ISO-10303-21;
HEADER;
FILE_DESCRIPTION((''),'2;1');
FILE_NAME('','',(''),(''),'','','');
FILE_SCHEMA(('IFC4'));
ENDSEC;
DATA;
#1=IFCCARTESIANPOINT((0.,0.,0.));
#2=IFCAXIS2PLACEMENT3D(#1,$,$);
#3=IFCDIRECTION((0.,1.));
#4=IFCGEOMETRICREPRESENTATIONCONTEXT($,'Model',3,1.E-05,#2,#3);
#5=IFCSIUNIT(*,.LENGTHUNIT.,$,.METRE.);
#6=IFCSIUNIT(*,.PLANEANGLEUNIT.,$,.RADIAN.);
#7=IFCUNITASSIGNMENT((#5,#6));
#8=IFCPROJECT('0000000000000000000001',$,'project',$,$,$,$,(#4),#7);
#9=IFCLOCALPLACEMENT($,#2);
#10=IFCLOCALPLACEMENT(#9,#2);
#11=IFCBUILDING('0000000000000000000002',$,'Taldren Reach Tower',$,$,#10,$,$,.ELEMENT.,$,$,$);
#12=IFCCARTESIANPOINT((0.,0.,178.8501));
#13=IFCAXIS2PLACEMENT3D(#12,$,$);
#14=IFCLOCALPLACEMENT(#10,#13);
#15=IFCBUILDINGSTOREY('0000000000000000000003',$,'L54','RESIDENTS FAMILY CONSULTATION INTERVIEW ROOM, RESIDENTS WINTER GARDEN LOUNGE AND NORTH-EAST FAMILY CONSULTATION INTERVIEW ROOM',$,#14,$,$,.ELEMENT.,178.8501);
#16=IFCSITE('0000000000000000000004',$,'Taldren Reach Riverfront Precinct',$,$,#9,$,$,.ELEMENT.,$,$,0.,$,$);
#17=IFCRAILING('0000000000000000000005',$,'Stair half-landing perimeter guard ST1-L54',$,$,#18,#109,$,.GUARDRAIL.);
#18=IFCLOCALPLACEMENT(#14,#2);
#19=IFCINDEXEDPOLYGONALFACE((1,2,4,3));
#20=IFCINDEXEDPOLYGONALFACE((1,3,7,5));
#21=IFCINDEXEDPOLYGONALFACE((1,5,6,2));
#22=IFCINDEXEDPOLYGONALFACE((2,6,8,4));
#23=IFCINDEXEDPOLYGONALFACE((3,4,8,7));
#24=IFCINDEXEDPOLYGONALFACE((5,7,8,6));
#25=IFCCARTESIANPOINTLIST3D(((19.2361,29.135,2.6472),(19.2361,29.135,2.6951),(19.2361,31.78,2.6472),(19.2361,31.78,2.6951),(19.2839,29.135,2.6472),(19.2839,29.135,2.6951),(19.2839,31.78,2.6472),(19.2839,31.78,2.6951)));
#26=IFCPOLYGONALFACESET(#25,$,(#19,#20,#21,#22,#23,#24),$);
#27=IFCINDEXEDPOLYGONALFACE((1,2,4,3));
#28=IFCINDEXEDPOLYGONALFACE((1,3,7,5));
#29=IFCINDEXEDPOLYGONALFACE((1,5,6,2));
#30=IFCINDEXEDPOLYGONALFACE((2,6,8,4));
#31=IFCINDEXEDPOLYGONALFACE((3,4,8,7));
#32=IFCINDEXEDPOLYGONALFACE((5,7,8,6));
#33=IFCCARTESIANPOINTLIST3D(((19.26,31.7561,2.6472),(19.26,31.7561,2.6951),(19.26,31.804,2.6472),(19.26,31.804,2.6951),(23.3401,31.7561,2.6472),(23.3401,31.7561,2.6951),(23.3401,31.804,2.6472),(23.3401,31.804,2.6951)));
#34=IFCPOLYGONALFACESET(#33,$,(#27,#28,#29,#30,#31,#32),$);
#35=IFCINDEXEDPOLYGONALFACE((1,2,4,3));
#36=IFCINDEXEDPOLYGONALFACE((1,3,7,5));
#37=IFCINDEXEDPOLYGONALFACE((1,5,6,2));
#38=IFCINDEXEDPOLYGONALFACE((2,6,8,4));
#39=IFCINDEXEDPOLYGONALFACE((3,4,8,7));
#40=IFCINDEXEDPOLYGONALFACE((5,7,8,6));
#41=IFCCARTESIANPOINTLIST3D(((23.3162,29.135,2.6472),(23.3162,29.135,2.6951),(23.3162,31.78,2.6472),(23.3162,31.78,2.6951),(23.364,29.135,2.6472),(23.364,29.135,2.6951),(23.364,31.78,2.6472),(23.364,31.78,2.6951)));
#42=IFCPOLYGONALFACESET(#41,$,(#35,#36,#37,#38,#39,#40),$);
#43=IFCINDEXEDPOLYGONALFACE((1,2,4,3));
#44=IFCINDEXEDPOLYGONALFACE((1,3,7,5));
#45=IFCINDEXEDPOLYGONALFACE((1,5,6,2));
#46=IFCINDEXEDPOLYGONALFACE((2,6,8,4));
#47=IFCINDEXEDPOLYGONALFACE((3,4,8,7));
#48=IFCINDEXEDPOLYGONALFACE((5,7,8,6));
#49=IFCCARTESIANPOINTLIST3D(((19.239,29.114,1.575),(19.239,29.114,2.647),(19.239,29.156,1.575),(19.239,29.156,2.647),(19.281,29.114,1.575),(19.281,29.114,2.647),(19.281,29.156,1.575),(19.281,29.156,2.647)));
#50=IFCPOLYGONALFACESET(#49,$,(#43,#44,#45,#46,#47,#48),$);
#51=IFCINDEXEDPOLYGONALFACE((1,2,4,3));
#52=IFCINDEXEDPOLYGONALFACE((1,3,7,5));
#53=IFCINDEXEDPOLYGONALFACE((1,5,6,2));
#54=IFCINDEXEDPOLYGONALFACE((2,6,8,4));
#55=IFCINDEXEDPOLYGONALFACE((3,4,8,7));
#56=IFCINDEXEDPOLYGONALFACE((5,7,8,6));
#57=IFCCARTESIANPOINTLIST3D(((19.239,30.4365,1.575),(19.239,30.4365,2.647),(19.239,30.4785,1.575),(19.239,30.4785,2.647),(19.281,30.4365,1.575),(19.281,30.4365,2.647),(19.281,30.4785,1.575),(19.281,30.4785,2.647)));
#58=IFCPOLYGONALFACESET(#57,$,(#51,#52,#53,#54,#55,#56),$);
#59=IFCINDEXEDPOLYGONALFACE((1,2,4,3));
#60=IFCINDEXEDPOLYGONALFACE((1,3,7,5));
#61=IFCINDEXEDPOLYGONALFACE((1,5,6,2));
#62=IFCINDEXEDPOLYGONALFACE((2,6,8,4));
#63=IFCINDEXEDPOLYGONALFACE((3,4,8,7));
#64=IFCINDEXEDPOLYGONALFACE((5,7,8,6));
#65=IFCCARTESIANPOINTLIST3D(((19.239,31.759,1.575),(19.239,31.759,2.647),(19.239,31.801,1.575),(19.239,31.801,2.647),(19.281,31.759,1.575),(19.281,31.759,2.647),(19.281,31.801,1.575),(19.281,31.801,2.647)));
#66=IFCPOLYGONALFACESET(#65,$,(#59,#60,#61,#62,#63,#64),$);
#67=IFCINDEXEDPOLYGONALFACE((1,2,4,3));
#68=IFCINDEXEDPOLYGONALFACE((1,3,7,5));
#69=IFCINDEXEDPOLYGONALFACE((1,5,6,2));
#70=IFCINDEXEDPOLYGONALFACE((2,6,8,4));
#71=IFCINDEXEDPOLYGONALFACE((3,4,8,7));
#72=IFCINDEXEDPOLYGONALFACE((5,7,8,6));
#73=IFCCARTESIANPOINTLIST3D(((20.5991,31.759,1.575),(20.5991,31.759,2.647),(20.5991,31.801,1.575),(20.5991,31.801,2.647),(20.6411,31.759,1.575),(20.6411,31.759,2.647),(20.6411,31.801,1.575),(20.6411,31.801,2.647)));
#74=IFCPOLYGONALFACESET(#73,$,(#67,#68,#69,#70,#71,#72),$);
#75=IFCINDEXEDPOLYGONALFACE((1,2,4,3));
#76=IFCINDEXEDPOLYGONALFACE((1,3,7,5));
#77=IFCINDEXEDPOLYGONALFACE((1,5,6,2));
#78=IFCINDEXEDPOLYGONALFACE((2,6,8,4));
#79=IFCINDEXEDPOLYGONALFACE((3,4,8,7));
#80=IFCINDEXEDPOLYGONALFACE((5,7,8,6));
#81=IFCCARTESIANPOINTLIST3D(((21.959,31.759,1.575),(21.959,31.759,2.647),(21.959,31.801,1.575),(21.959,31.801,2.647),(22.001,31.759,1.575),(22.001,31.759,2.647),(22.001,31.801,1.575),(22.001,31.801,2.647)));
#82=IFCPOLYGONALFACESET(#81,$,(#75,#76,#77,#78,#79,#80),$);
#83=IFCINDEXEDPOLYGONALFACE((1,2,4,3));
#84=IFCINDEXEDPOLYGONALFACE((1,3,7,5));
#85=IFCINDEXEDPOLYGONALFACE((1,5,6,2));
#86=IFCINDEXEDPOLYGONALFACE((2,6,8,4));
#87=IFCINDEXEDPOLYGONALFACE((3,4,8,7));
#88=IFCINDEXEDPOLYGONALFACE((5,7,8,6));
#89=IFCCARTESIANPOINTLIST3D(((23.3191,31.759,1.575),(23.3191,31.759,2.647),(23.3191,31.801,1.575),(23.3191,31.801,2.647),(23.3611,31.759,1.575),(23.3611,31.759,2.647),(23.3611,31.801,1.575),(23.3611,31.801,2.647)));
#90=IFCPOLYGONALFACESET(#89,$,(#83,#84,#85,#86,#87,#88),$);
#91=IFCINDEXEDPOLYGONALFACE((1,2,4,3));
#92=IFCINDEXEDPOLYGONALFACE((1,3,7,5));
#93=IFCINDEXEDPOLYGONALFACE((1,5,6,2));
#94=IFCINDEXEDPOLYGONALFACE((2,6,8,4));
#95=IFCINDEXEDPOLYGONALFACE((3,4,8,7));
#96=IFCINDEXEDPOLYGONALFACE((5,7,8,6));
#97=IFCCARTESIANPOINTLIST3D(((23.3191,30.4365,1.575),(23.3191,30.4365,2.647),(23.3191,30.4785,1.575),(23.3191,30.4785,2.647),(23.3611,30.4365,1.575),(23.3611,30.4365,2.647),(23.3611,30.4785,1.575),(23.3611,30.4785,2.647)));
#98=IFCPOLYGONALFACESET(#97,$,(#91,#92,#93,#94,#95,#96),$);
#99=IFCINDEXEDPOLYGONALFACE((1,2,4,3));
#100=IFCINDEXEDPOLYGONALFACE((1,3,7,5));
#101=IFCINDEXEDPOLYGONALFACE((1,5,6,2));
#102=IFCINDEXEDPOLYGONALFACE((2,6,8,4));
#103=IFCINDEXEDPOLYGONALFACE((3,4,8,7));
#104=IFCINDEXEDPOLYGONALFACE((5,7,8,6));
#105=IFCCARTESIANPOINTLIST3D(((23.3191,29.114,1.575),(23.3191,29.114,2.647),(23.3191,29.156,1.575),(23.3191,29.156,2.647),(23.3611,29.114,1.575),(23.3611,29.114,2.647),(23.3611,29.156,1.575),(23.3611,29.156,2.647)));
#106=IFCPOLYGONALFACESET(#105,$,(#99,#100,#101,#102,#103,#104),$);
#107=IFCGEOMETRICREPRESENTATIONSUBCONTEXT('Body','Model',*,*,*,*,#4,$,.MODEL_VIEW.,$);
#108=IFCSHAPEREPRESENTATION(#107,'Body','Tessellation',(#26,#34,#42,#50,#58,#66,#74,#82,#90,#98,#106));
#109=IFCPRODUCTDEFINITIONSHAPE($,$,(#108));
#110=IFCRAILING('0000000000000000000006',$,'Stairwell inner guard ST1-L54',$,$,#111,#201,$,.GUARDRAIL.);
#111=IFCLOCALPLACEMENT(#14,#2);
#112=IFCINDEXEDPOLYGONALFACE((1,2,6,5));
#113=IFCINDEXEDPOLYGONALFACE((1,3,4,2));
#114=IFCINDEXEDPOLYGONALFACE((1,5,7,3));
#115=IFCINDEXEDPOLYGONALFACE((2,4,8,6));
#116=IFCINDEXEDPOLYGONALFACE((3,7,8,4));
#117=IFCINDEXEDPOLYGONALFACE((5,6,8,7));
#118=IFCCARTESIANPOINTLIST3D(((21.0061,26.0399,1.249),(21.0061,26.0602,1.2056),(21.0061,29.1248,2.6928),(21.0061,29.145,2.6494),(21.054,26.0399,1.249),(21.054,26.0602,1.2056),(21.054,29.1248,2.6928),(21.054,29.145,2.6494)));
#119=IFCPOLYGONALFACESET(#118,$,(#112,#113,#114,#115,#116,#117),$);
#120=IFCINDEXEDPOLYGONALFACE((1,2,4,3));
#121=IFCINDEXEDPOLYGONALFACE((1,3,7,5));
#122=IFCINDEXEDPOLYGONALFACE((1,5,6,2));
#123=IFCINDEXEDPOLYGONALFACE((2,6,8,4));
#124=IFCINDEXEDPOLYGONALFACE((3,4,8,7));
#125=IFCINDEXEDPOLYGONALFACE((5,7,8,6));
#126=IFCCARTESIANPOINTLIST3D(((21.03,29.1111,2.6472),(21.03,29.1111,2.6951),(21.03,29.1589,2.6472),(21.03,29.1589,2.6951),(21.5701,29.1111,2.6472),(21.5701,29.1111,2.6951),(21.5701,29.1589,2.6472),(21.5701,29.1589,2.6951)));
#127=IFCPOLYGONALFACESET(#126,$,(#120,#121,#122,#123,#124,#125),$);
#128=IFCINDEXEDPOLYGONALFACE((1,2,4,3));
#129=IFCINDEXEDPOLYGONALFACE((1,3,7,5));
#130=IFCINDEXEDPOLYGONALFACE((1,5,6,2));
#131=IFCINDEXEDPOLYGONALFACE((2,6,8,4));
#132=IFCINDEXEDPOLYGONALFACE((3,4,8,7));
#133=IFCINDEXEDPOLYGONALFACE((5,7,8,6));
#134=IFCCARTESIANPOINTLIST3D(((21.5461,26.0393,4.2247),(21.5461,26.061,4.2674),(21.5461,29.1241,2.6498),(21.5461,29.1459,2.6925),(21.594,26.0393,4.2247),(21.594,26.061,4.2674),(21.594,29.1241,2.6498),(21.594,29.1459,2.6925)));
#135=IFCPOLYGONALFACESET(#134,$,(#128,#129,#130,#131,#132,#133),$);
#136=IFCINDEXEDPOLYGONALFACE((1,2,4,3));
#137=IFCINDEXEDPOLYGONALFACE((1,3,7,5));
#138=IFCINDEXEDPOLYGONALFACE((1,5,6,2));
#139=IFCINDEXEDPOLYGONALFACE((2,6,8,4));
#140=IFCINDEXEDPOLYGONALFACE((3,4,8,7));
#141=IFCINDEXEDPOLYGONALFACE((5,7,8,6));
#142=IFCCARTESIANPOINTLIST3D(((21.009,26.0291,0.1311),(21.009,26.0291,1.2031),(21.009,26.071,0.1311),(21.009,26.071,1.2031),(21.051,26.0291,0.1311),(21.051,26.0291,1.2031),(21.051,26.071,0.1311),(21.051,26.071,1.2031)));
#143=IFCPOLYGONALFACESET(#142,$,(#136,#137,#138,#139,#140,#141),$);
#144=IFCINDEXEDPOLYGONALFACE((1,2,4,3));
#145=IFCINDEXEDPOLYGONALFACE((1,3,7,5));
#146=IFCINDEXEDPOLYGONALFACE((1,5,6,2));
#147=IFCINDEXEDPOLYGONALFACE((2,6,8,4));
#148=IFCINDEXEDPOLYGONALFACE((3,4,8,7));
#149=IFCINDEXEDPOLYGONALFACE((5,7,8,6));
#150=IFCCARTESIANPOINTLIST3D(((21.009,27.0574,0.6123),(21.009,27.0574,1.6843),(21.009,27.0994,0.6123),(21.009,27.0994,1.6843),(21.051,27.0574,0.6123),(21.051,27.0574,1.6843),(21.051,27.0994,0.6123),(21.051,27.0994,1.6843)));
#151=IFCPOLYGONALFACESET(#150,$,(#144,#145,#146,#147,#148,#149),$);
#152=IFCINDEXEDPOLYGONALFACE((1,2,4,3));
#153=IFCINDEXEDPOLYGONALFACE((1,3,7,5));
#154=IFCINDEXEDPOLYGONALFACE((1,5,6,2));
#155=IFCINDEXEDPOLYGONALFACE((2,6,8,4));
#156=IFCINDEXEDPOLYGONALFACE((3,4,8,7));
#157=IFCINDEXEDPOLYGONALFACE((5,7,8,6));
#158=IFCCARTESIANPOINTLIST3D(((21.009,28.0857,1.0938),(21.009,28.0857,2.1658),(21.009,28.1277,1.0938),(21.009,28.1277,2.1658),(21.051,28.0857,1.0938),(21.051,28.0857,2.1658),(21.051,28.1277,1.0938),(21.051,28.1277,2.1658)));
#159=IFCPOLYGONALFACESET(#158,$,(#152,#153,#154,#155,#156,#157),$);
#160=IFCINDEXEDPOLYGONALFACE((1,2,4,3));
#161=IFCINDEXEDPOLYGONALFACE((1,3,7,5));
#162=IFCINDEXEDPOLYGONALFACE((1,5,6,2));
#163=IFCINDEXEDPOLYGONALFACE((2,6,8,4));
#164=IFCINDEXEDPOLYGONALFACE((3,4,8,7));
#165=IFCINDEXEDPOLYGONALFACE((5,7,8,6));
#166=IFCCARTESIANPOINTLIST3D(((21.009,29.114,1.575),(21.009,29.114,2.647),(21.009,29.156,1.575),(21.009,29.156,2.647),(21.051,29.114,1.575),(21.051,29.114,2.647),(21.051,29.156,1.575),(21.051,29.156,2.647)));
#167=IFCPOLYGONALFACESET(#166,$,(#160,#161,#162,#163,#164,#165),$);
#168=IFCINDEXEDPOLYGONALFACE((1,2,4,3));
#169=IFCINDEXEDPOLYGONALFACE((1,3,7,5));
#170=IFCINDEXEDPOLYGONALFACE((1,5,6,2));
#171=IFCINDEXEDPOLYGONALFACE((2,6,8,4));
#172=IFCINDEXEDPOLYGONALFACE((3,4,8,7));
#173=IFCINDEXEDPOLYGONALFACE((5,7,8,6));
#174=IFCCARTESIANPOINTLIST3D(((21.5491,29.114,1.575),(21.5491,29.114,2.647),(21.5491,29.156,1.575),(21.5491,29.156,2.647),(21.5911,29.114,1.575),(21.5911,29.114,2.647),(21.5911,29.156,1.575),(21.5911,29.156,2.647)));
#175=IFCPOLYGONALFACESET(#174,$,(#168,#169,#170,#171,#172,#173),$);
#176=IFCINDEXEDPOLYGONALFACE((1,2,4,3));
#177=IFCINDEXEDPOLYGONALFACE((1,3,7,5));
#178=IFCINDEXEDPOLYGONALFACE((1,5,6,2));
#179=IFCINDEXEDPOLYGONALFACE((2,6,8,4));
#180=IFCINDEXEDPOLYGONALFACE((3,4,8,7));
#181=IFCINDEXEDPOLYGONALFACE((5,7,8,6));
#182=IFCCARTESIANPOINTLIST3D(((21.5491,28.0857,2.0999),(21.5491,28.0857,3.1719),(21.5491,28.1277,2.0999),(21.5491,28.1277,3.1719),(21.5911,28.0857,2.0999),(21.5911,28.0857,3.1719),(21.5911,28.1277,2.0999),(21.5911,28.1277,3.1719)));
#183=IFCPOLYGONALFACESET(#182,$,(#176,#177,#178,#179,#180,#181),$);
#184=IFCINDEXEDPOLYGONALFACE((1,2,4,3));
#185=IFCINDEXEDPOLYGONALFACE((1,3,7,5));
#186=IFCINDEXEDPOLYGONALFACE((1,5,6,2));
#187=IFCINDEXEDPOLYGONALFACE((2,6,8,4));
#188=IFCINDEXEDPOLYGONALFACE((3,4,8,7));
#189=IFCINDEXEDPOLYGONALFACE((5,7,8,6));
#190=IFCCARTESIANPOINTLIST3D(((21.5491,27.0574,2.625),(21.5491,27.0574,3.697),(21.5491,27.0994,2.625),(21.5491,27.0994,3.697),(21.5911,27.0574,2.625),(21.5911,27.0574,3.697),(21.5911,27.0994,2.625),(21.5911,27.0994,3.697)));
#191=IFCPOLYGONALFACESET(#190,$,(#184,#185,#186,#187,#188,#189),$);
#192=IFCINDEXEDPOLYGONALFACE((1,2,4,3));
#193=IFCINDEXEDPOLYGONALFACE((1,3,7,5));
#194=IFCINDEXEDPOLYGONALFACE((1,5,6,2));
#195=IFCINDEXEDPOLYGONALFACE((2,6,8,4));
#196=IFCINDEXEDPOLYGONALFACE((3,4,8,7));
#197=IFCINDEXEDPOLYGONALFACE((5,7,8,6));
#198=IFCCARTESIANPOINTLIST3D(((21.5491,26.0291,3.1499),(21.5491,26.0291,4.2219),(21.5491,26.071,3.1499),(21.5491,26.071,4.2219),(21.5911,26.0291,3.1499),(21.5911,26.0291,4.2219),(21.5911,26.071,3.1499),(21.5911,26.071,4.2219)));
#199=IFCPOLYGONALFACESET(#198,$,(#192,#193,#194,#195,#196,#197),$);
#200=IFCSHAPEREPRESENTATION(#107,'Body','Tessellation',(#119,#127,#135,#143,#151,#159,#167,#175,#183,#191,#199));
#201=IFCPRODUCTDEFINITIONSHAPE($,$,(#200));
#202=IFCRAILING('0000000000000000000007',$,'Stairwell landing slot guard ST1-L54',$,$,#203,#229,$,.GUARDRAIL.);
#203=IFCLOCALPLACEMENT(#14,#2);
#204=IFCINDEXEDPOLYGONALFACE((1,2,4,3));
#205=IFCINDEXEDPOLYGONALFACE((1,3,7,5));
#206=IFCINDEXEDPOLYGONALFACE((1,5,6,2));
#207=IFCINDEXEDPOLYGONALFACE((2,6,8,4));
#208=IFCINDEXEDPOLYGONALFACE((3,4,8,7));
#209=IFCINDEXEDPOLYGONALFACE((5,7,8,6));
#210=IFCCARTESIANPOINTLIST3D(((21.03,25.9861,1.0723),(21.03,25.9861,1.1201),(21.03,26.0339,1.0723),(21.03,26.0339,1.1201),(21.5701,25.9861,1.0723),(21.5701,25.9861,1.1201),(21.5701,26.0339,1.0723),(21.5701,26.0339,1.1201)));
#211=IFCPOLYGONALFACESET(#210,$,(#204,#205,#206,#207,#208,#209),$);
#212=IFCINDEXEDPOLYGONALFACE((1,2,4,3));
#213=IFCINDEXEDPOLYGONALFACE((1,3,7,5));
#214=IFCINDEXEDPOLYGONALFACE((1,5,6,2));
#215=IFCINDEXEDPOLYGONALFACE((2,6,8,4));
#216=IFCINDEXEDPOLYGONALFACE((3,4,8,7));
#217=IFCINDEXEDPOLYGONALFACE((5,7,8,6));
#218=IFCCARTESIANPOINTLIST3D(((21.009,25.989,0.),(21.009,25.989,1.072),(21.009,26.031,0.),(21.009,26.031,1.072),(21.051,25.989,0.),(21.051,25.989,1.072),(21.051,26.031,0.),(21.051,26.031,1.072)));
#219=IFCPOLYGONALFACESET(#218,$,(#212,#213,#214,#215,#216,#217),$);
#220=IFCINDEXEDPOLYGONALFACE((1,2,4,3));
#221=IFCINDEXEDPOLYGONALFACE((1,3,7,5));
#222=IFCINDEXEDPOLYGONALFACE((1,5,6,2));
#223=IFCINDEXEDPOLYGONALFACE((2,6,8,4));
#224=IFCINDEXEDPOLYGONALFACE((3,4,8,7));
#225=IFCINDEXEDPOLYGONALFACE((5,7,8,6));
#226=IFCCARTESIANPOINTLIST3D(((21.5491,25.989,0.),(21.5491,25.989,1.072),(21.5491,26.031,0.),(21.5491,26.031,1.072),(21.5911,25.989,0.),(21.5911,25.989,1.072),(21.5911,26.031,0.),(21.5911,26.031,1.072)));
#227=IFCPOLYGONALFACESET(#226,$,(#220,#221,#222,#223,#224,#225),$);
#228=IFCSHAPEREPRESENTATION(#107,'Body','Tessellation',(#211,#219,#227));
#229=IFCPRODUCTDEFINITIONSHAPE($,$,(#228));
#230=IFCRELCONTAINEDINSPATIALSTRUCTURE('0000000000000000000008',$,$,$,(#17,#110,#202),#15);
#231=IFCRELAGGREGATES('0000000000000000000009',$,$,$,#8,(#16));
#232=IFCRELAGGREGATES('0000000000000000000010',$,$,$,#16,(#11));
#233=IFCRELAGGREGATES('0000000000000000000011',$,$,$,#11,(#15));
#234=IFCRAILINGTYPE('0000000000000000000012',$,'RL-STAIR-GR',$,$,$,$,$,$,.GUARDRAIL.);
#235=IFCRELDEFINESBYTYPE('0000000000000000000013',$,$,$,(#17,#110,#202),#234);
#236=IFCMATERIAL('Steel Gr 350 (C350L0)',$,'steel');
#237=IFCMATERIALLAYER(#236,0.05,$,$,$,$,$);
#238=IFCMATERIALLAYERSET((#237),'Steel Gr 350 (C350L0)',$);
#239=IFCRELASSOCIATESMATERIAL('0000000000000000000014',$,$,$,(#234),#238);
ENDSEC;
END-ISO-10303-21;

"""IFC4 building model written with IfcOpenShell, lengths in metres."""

from ifc_helpers import new_model, si_unit, direction, frame, origin, origin_2d, place, context, subcontext, project, spatial, rectangle, extrude, material, layer, layer_set, type_object, element, save


model = new_model("IFC4")

# Units and contexts
model_context = context("Model", 3, precision=1e-05, world=origin(), true_north=direction((0.0, 1.0)))
body_context = subcontext(model_context, "Body", "Model", "MODEL_VIEW")
ifc_project = project(units=[si_unit("LENGTHUNIT", "METRE"), si_unit("PLANEANGLEUNIT", "RADIAN")], contexts=[model_context])

# Site, building, storey
site_placement = place(None, origin())
site = spatial("IfcSite", under=ifc_project, at=site_placement, Name="Taldren Reach Riverfront Precinct", CompositionType="ELEMENT", RefElevation=0.0)
building_placement = place(site_placement, origin())
building = spatial("IfcBuilding", under=site, at=building_placement, Name="Taldren Reach Tower", CompositionType="ELEMENT")
storey_placement = place(building_placement, frame((0.0, 0.0, 178.8501)))
storey = spatial("IfcBuildingStorey", under=building, at=storey_placement, Name="L54", Description="RESIDENTS FAMILY CONSULTATION INTERVIEW ROOM, RESIDENTS WINTER GARDEN LOUNGE AND NORTH-EAST FAMILY CONSULTATION INTERVIEW ROOM", CompositionType="ELEMENT", Elevation=178.8501)

# Shared definitions
ifc_material_1 = material(Name="Steel Gr 350 (C350L0)", Category="steel")

# Railings
ifc_layer_1 = layer(ifc_material_1, 0.05)
ifc_layer_set_1 = layer_set([ifc_layer_1], Name="Steel Gr 350 (C350L0)")
railing_type_1 = type_object("IfcRailingType", Name="RL-STAIR-GR", PredefinedType="GUARDRAIL", material=ifc_layer_set_1)
railing_1_placement = place(storey_placement, frame((19.26, 29.135, 1.575)))
element("IfcRailing", 1, at=railing_1_placement, inside=storey, type_object=railing_type_1, Name="Stair half-landing perimeter guard ST1-L54", PredefinedType="GUARDRAIL", context=body_context, shape_type="SweptSolid", body=[
    extrude(rectangle(XDim=0.0479, YDim=0.0479, at=origin_2d()), frame((0.0, 0.0, 1.0962), z_axis=(0.0, 1.0, 0.0), x_axis=(-1.0, 0.0, 0.0)), (0.0, 0.0, 1.0), 2.645),
    extrude(rectangle(XDim=0.0479, YDim=0.0479, at=origin_2d()), frame((0.0, 2.645, 1.0962), z_axis=(1.0, 0.0, 0.0), x_axis=(0.0, 1.0, 0.0)), (0.0, 0.0, 1.0), 4.0801),
    extrude(rectangle(XDim=0.0479, YDim=0.0479, at=origin_2d()), frame((4.0801, 2.645, 1.0962), z_axis=(0.0, -1.0, 0.0), x_axis=(1.0, 0.0, 0.0)), (0.0, 0.0, 1.0), 2.645),
    extrude(rectangle(XDim=0.042, YDim=0.042, at=origin_2d()), origin(), (0.0, 0.0, 1.0), 1.072),
    extrude(rectangle(XDim=0.042, YDim=0.042, at=origin_2d()), frame((0.0, 1.3225, 0.0)), (0.0, 0.0, 1.0), 1.072),
    extrude(rectangle(XDim=0.042, YDim=0.042, at=origin_2d()), frame((0.0, 2.645, 0.0)), (0.0, 0.0, 1.0), 1.072),
    extrude(rectangle(XDim=0.042, YDim=0.042, at=origin_2d()), frame((1.3601, 2.645, 0.0)), (0.0, 0.0, 1.0), 1.072),
    extrude(rectangle(XDim=0.042, YDim=0.042, at=origin_2d()), frame((2.72, 2.645, 0.0)), (0.0, 0.0, 1.0), 1.072),
    extrude(rectangle(XDim=0.042, YDim=0.042, at=origin_2d()), frame((4.0801, 2.645, 0.0)), (0.0, 0.0, 1.0), 1.072),
    extrude(rectangle(XDim=0.042, YDim=0.042, at=origin_2d()), frame((4.0801, 1.3225, 0.0)), (0.0, 0.0, 1.0), 1.072),
    extrude(rectangle(XDim=0.042, YDim=0.042, at=origin_2d()), frame((4.0801, 0.0, 0.0)), (0.0, 0.0, 1.0), 1.072),
])
railing_2_placement = place(storey_placement, frame((21.03, 26.05, 0.1311)))
element("IfcRailing", 2, at=railing_2_placement, inside=storey, type_object=railing_type_1, Name="Stairwell inner guard ST1-L54", PredefinedType="GUARDRAIL", context=body_context, shape_type="SweptSolid", body=[
    extrude(rectangle(XDim=0.0479, YDim=0.0479, at=origin_2d()), frame((0.0, 0.0, 1.0962), z_axis=(0.0, 0.90571, 0.423898), x_axis=(-1.0, 0.0, 0.0)), (0.0, 0.0, 1.0), 3.406),
    extrude(rectangle(XDim=0.0479, YDim=0.0479, at=origin_2d()), frame((0.0, 3.085, 2.54), z_axis=(1.0, 0.0, 0.0), x_axis=(0.0, 1.0, 0.0)), (0.0, 0.0, 1.0), 0.54),
    extrude(rectangle(XDim=0.0479, YDim=0.0479, at=origin_2d()), frame((0.54, 3.085, 2.54), z_axis=(0.0, -0.890646, 0.454697), x_axis=(1.0, 0.0, 0.0)), (0.0, 0.0, 1.0), 3.4636),
    extrude(rectangle(XDim=0.042, YDim=0.042, at=origin_2d()), origin(), (0.0, 0.0, 1.0), 1.072),
    extrude(rectangle(XDim=0.042, YDim=0.042, at=origin_2d()), frame((0.0, 1.0283, 0.4812)), (0.0, 0.0, 1.0), 1.072),
    extrude(rectangle(XDim=0.042, YDim=0.042, at=origin_2d()), frame((0.0, 2.0566, 0.9626)), (0.0, 0.0, 1.0), 1.072),
    extrude(rectangle(XDim=0.042, YDim=0.042, at=origin_2d()), frame((0.0, 3.085, 1.4438)), (0.0, 0.0, 1.0), 1.072),
    extrude(rectangle(XDim=0.042, YDim=0.042, at=origin_2d()), frame((0.54, 3.085, 1.4438)), (0.0, 0.0, 1.0), 1.072),
    extrude(rectangle(XDim=0.042, YDim=0.042, at=origin_2d()), frame((0.54, 2.0566, 1.9688)), (0.0, 0.0, 1.0), 1.072),
    extrude(rectangle(XDim=0.042, YDim=0.042, at=origin_2d()), frame((0.54, 1.0283, 2.4939)), (0.0, 0.0, 1.0), 1.072),
    extrude(rectangle(XDim=0.042, YDim=0.042, at=origin_2d()), frame((0.54, 0.0, 3.0188)), (0.0, 0.0, 1.0), 1.072),
])
railing_3_placement = place(storey_placement, frame((21.03, 26.01, 0.0)))
element("IfcRailing", 3, at=railing_3_placement, inside=storey, type_object=railing_type_1, Name="Stairwell landing slot guard ST1-L54", PredefinedType="GUARDRAIL", context=body_context, shape_type="SweptSolid", body=[
    extrude(rectangle(XDim=0.0479, YDim=0.0479, at=origin_2d()), frame((0.0, 0.0, 1.0962), z_axis=(1.0, 0.0, 0.0), x_axis=(0.0, 1.0, 0.0)), (0.0, 0.0, 1.0), 0.54),
    extrude(rectangle(XDim=0.042, YDim=0.042, at=origin_2d()), origin(), (0.0, 0.0, 1.0), 1.072),
    extrude(rectangle(XDim=0.042, YDim=0.042, at=origin_2d()), frame((0.54, 0.0, 0.0)), (0.0, 0.0, 1.0), 1.072),
])

save(model, "model.ifc")
